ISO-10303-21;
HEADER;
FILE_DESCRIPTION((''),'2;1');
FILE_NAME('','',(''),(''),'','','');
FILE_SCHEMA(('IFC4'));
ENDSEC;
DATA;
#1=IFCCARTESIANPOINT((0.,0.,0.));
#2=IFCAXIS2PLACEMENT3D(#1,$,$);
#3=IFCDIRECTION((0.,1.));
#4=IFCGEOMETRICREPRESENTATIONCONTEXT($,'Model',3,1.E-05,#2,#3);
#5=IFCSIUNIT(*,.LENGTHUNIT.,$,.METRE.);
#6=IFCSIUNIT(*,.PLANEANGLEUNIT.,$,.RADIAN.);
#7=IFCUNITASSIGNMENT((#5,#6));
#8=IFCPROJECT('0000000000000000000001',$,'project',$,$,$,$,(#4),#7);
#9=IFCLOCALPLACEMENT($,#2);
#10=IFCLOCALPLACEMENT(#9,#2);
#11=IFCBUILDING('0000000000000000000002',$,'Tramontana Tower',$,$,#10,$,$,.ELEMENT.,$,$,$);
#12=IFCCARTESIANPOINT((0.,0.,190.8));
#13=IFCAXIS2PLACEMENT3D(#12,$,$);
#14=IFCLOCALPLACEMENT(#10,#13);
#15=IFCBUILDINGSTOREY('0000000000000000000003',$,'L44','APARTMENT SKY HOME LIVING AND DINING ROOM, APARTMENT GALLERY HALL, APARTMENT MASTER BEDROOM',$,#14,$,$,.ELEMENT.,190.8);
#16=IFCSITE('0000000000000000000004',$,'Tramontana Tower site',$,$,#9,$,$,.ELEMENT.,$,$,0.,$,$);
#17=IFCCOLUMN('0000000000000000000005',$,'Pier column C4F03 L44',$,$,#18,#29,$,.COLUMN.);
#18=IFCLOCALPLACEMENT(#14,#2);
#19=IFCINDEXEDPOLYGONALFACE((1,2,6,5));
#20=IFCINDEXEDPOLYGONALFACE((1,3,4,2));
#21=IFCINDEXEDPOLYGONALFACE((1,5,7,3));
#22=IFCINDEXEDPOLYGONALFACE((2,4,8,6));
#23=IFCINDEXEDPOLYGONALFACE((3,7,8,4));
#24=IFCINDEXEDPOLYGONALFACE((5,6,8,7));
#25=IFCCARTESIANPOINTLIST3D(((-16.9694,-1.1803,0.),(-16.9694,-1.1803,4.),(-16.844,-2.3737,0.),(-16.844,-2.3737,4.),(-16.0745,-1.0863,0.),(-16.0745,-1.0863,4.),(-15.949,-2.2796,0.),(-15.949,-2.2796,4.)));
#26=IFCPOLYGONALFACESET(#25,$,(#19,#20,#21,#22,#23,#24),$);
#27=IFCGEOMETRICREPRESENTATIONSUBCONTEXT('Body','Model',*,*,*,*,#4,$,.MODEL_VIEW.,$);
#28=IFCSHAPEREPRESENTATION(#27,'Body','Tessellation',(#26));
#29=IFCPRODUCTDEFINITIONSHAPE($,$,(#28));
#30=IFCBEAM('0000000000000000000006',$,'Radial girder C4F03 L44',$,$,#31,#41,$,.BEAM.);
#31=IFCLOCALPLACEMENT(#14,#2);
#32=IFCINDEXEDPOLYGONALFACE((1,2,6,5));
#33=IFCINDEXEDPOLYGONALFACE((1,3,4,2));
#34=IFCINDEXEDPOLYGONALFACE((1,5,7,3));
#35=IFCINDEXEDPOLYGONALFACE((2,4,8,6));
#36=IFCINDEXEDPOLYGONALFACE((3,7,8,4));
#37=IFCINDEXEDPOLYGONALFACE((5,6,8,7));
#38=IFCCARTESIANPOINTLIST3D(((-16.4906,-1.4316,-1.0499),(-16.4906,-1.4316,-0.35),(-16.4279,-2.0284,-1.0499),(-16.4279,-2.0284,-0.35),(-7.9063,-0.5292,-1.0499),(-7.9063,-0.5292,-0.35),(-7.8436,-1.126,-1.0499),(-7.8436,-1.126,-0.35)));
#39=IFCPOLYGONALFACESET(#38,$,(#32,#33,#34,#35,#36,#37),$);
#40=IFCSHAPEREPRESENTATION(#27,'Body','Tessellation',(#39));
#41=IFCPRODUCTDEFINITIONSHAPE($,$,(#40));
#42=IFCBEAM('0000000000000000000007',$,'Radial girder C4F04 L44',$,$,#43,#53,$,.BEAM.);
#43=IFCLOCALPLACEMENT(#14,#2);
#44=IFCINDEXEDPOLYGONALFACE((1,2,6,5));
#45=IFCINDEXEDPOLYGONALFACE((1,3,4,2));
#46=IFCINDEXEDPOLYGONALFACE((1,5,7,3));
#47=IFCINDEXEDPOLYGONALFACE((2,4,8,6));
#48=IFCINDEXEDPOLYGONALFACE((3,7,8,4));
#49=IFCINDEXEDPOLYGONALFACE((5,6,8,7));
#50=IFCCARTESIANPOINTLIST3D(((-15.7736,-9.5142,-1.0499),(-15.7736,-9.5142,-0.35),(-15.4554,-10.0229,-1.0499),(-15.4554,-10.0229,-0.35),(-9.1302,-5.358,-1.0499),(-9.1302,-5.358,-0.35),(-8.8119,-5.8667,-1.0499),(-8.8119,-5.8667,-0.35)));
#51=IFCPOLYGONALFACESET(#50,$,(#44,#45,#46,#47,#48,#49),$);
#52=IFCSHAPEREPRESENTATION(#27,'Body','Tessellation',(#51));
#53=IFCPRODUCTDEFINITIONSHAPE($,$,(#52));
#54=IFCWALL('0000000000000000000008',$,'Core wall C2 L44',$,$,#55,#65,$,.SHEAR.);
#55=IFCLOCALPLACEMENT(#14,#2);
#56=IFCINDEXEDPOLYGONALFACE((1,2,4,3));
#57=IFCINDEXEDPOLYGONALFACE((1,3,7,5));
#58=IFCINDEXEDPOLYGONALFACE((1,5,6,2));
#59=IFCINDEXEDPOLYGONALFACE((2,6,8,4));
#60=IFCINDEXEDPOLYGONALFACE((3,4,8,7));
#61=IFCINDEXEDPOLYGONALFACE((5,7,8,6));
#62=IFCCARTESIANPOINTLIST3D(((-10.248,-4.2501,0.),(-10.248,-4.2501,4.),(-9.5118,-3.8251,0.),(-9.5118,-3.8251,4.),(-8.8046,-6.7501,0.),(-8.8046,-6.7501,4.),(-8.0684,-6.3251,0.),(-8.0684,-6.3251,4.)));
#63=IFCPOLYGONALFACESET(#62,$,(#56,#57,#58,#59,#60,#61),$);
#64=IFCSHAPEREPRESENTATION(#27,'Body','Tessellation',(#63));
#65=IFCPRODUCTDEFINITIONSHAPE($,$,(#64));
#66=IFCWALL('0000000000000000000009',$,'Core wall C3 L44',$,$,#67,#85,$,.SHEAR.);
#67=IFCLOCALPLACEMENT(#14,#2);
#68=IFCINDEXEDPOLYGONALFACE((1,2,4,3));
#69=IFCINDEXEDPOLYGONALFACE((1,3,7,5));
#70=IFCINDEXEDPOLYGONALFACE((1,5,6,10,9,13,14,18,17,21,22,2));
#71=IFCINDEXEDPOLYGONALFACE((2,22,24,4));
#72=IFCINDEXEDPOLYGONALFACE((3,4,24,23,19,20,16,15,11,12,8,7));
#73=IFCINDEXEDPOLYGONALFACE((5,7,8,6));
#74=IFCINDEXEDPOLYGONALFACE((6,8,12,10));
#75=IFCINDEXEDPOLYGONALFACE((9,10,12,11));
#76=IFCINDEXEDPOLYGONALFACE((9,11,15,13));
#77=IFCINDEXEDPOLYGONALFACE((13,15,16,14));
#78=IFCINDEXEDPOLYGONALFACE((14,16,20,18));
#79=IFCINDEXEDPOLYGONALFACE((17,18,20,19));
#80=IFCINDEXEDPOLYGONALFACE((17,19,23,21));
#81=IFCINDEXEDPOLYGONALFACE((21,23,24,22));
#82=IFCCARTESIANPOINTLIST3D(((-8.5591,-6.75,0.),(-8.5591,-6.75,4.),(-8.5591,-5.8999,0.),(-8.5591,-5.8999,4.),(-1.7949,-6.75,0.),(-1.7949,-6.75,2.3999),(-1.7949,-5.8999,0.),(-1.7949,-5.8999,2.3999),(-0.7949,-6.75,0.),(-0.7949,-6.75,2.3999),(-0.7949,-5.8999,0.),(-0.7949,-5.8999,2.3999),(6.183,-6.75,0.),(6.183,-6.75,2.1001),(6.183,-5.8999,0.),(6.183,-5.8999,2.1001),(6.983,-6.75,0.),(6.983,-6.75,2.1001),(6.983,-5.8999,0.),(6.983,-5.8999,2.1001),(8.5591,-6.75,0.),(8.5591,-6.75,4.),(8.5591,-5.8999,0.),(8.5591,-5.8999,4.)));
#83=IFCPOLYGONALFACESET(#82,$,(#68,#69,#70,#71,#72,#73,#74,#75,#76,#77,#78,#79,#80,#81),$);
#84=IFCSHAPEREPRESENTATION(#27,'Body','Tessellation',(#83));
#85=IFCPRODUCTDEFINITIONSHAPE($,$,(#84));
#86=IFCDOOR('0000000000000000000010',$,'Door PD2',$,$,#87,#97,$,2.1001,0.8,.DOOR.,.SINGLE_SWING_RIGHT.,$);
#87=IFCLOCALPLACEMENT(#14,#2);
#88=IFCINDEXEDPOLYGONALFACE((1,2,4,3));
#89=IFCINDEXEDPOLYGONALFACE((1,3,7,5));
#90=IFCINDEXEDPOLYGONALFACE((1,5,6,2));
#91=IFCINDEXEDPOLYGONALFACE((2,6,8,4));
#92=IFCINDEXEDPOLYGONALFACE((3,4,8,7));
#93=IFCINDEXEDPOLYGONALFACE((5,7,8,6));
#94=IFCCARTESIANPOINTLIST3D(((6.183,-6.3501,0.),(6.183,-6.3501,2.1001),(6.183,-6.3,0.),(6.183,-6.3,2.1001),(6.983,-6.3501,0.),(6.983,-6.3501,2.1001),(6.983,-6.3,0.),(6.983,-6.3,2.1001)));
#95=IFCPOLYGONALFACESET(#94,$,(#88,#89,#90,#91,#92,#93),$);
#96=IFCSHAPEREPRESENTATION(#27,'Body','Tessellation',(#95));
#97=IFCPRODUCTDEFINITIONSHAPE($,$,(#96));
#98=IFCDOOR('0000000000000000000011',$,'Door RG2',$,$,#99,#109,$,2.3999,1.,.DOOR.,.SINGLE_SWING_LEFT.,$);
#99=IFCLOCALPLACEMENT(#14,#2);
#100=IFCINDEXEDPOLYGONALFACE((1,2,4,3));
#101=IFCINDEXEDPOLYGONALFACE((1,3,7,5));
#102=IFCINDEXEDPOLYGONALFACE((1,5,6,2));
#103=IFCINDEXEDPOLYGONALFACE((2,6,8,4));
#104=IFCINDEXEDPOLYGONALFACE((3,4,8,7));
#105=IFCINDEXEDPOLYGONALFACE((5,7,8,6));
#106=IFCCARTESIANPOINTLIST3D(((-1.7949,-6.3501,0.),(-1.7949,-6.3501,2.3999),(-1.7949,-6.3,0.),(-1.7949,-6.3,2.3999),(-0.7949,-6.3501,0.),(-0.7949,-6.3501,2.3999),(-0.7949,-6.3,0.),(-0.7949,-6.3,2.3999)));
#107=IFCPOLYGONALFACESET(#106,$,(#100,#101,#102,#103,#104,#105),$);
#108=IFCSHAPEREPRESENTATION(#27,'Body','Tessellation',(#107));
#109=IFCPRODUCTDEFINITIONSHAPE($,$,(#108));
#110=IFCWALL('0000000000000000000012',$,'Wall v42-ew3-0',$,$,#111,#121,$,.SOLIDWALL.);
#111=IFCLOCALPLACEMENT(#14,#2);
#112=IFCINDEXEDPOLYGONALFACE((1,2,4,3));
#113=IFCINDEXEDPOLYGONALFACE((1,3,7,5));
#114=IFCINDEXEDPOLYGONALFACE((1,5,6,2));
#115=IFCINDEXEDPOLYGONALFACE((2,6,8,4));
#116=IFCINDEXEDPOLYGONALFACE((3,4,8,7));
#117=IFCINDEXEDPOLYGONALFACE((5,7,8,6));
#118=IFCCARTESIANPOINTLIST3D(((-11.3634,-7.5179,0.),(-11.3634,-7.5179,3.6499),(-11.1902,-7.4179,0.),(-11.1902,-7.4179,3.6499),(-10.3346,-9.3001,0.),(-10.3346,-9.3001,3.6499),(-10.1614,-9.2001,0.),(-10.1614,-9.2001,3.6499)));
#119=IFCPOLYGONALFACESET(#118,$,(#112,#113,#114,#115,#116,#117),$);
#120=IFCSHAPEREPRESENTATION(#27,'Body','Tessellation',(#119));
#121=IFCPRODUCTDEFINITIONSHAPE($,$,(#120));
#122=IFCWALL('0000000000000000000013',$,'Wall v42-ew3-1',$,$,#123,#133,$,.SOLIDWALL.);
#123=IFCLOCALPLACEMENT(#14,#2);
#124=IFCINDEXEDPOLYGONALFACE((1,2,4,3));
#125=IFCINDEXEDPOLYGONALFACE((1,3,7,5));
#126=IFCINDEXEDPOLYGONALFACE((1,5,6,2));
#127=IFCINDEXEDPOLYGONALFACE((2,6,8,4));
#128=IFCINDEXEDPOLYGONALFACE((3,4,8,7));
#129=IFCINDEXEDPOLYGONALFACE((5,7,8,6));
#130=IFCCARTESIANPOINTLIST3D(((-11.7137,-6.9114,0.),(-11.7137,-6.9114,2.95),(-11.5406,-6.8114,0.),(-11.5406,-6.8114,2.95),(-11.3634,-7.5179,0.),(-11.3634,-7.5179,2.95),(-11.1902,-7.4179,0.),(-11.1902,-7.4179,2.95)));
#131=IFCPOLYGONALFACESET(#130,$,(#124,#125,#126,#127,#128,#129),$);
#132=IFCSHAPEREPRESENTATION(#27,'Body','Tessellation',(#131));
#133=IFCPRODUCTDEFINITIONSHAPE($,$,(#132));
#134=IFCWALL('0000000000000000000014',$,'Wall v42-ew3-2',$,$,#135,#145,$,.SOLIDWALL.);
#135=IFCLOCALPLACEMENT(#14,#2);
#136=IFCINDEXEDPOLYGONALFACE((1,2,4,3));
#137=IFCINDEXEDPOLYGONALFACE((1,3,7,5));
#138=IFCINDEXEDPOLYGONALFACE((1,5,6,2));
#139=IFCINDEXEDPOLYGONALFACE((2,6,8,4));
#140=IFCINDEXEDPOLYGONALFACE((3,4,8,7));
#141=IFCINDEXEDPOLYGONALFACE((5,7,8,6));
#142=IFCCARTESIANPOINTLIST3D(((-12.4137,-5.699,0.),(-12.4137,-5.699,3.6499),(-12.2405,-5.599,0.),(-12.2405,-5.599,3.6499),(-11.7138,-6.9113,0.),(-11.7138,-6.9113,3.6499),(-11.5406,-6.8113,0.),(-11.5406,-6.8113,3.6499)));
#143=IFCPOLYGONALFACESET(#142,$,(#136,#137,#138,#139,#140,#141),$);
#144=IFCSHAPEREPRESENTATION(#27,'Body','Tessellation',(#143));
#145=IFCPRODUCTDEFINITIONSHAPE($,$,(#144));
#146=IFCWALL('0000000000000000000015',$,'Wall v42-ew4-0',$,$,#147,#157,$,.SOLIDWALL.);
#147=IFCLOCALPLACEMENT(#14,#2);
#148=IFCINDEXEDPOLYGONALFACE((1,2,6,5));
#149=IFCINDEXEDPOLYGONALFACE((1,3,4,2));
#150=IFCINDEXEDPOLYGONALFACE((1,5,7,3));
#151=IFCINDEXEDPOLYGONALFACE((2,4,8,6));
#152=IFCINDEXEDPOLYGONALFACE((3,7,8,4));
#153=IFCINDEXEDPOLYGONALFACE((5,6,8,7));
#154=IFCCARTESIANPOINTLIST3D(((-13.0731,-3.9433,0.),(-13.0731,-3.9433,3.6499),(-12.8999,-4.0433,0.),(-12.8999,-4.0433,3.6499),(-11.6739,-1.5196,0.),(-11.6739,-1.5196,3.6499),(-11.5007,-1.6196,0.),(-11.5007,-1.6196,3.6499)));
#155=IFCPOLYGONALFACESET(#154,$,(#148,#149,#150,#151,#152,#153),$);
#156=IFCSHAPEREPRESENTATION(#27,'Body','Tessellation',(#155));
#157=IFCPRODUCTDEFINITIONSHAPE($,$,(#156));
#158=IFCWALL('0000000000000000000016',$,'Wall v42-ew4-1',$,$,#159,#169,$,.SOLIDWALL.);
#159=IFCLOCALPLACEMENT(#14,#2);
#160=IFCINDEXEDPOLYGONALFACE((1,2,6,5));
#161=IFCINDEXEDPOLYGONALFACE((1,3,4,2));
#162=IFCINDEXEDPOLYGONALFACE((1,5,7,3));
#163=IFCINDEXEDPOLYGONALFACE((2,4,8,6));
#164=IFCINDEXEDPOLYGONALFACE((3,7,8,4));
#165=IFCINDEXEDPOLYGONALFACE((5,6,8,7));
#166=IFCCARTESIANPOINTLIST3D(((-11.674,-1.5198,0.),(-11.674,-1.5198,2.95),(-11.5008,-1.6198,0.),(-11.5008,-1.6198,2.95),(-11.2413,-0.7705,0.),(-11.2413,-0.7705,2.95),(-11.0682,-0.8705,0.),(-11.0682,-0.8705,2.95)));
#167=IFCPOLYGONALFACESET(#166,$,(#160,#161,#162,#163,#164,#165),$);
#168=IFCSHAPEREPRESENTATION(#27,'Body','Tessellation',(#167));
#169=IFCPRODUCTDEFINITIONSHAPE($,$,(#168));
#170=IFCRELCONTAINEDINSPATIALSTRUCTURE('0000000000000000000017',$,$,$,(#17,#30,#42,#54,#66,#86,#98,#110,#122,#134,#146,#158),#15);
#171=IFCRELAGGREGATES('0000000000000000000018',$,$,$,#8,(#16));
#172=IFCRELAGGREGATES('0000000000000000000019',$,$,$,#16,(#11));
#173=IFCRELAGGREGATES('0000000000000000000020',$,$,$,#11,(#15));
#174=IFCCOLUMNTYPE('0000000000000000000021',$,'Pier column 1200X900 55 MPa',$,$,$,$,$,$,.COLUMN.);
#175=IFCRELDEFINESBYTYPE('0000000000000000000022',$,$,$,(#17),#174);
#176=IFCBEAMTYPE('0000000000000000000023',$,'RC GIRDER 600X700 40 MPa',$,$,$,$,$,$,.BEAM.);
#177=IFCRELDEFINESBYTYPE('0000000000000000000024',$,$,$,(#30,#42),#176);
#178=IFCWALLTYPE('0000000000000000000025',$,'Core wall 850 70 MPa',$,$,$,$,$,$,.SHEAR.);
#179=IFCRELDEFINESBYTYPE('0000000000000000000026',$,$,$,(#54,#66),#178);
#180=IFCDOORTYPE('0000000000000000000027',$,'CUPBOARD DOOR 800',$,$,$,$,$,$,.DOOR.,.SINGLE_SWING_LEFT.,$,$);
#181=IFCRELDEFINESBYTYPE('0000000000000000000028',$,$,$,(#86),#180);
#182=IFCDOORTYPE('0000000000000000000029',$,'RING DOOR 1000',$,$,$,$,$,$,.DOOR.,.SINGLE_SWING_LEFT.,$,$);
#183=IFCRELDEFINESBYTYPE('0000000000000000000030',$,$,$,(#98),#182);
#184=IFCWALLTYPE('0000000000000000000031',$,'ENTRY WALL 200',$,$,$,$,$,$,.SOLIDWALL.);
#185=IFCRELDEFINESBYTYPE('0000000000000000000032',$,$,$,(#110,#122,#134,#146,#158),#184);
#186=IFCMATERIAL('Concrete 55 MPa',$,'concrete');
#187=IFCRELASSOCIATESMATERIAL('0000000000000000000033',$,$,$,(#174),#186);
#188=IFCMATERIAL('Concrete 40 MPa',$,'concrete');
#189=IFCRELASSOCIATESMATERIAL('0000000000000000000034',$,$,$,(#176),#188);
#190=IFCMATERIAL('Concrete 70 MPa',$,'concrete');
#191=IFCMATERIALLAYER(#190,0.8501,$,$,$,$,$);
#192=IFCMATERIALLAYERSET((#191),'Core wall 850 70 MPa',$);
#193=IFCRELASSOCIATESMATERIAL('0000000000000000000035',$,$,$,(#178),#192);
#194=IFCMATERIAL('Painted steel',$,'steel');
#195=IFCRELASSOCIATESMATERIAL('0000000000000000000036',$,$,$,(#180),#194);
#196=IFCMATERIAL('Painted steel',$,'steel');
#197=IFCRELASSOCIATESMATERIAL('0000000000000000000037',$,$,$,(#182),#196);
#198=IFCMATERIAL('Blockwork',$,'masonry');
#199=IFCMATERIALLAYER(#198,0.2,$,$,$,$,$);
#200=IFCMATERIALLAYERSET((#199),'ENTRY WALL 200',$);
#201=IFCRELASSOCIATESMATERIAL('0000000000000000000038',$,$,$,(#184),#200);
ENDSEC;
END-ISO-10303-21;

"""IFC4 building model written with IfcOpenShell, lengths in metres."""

from ifc_helpers import new_model, si_unit, direction, frame, frame_2d, origin, origin_2d, place, context, subcontext, project, spatial, rectangle, extrude, material, layer, layer_set, material_profile, profile_set, type_object, element, fill, save


model = new_model("IFC4")

# Units and contexts
model_context = context("Model", 3, precision=1e-05, world=origin(), true_north=direction((0.0, 1.0)))
body_context = subcontext(model_context, "Body", "Model", "MODEL_VIEW")
ifc_project = project(units=[si_unit("LENGTHUNIT", "METRE"), si_unit("PLANEANGLEUNIT", "RADIAN")], contexts=[model_context])

# Site, building, storey
site_placement = place(None, origin())
site = spatial("IfcSite", under=ifc_project, at=site_placement, Name="Tramontana Tower site", CompositionType="ELEMENT", RefElevation=0.0)
building_placement = place(site_placement, origin())
building = spatial("IfcBuilding", under=site, at=building_placement, Name="Tramontana Tower", CompositionType="ELEMENT")
storey_placement = place(building_placement, frame((0.0, 0.0, 190.8)))
storey = spatial("IfcBuildingStorey", under=building, at=storey_placement, Name="L44", Description="APARTMENT SKY HOME LIVING AND DINING ROOM, APARTMENT GALLERY HALL, APARTMENT MASTER BEDROOM", CompositionType="ELEMENT", Elevation=190.8)

# Column
ifc_material_1 = material(Name="Concrete 55 MPa", Category="concrete")
ifc_material_profile_1 = material_profile(ifc_material_1, rectangle(XDim=1.2, YDim=0.8999, at=origin_2d()), Name="Pier column 1200X900 55 MPa")
ifc_profile_set_1 = profile_set([ifc_material_profile_1], Name="Concrete 55 MPa")
column_type = type_object("IfcColumnType", Name="Pier column 1200X900 55 MPa", PredefinedType="COLUMN", material=ifc_profile_set_1)
column_placement = place(storey_placement, frame((-16.4592, -1.73, 0.0), z_axis=(0.0, 0.0, 1.0), x_axis=(0.104528, -0.994522, 0.0)))
element("IfcColumn", 1, at=column_placement, inside=storey, type_object=column_type, Name="Pier column C4F03 L44", PredefinedType="COLUMN", context=body_context, shape_type="SweptSolid", body=[
    extrude(rectangle(XDim=1.2, YDim=0.8999, at=origin_2d()), origin(), (0.0, 0.0, 1.0), 4.0),
])

# Beams
ifc_material_2 = material(Name="Concrete 40 MPa", Category="concrete")
ifc_material_profile_2 = material_profile(ifc_material_2, rectangle(XDim=0.6001, YDim=0.7, at=origin_2d()), Name="RC GIRDER 600X700 40 MPa")
ifc_profile_set_2 = profile_set([ifc_material_profile_2], Name="Concrete 40 MPa")
beam_type = type_object("IfcBeamType", Name="RC GIRDER 600X700 40 MPa", PredefinedType="BEAM", material=ifc_profile_set_2)
beam_1_placement = place(storey_placement, frame((-16.4592, -1.73, -0.7), z_axis=(0.994521, 0.10454, 0.0), x_axis=(-0.10454, 0.994521, 0.0)))
element("IfcBeam", 2, at=beam_1_placement, inside=storey, type_object=beam_type, Name="Radial girder C4F03 L44", PredefinedType="BEAM", context=body_context, shape_type="SweptSolid", body=[
    extrude(rectangle(XDim=0.6001, YDim=0.7, at=origin_2d()), origin(), (0.0, 0.0, 1.0), 8.6316),
])
beam_2_placement = place(storey_placement, frame((-15.6145, -9.7686, -0.7), z_axis=(0.847767, 0.530369, 0.0), x_axis=(-0.530369, 0.847767, 0.0)))
element("IfcBeam", 3, at=beam_2_placement, inside=storey, type_object=beam_type, Name="Radial girder C4F04 L44", PredefinedType="BEAM", context=body_context, shape_type="SweptSolid", body=[
    extrude(rectangle(XDim=0.6001, YDim=0.7, at=origin_2d()), origin(), (0.0, 0.0, 1.0), 7.8364),
])

# Wall
ifc_material_3 = material(Name="Concrete 70 MPa", Category="concrete")
ifc_layer_1 = layer(ifc_material_3, 0.8501)
ifc_layer_set_1 = layer_set([ifc_layer_1], Name="Core wall 850 70 MPa")
wall_type_1 = type_object("IfcWallType", Name="Core wall 850 70 MPa", PredefinedType="SHEAR", material=ifc_layer_set_1)
wall_1_placement = place(storey_placement, frame((-9.8799, -4.0376, 0.0), z_axis=(0.0, 0.0, 1.0), x_axis=(0.499996, -0.866028, 0.0)))
element("IfcWall", 4, at=wall_1_placement, inside=storey, type_object=wall_type_1, Name="Core wall C2 L44", PredefinedType="SHEAR", context=body_context, shape_type="SweptSolid", body=[
    extrude(rectangle(XDim=2.8867, YDim=0.8501, at=frame_2d((1.4434, 0.0))), origin(), (0.0, 0.0, 1.0), 4.0),
])

# Wall, openings, doors
wall_2_placement = place(storey_placement, frame((-8.5591, -6.325, 0.0), z_axis=(0.0, 0.0, 1.0), x_axis=(1.0, 0.0, 0.0)))
wall_2 = element("IfcWall", 5, at=wall_2_placement, inside=storey, type_object=wall_type_1, Name="Core wall C3 L44", PredefinedType="SHEAR", context=body_context, shape_type="SweptSolid", body=[
    extrude(rectangle(XDim=17.1182, YDim=0.8501, at=frame_2d((8.5591, 0.0))), origin(), (0.0, 0.0, 1.0), 4.0),
])
opening_1_placement = place(wall_2_placement, frame((6.7642, 0.0, 0.0)))
opening_1 = element("IfcOpeningElement", 6, at=opening_1_placement, cuts=wall_2, PredefinedType="OPENING", context=body_context, shape_type="SweptSolid", body=[
    extrude(rectangle(XDim=1.0, YDim=2.3999, at=frame_2d((0.5, 1.2))), frame((0.0, 0.4351, 0.0), z_axis=(0.0, -1.0, 0.0), x_axis=(1.0, 0.0, 0.0)), (0.0, 0.0, 1.0), 0.8701),
])
opening_2_placement = place(wall_2_placement, frame((14.7422, 0.0, 0.0)))
opening_2 = element("IfcOpeningElement", 7, at=opening_2_placement, cuts=wall_2, PredefinedType="OPENING", context=body_context, shape_type="SweptSolid", body=[
    extrude(rectangle(XDim=0.8, YDim=2.1001, at=frame_2d((0.3999, 1.05))), frame((0.0, 0.4351, 0.0), z_axis=(0.0, -1.0, 0.0), x_axis=(1.0, 0.0, 0.0)), (0.0, 0.0, 1.0), 0.8701),
])
ifc_material_4 = material(Name="Painted steel", Category="steel")
door_type_1 = type_object("IfcDoorType", Name="CUPBOARD DOOR 800", OperationType="SINGLE_SWING_LEFT", PredefinedType="DOOR", material=ifc_material_4)
door_1_placement = place(opening_2_placement, origin())
door_1 = element("IfcDoor", 8, at=door_1_placement, inside=storey, type_object=door_type_1, Name="Door PD2", OperationType="SINGLE_SWING_RIGHT", OverallHeight=2.1001, OverallWidth=0.8, PredefinedType="DOOR", context=body_context, shape_type="SweptSolid", body=[
    extrude(rectangle(XDim=0.8, YDim=2.1001, at=frame_2d((0.3999, 1.05))), frame((0.0, 0.0249, 0.0), z_axis=(0.0, -1.0, 0.0), x_axis=(1.0, 0.0, 0.0)), (0.0, 0.0, 1.0), 0.05),
])
fill(opening_2, door_1)
ifc_material_5 = material(Name="Painted steel", Category="steel")
door_type_2 = type_object("IfcDoorType", Name="RING DOOR 1000", OperationType="SINGLE_SWING_LEFT", PredefinedType="DOOR", material=ifc_material_5)
door_2_placement = place(opening_1_placement, origin())
door_2 = element("IfcDoor", 9, at=door_2_placement, inside=storey, type_object=door_type_2, Name="Door RG2", OperationType="SINGLE_SWING_LEFT", OverallHeight=2.3999, OverallWidth=1.0, PredefinedType="DOOR", context=body_context, shape_type="SweptSolid", body=[
    extrude(rectangle(XDim=1.0, YDim=2.3999, at=frame_2d((0.5, 1.2))), frame((0.0, 0.0249, 0.0), z_axis=(0.0, -1.0, 0.0), x_axis=(1.0, 0.0, 0.0)), (0.0, 0.0, 1.0), 0.05),
])
fill(opening_1, door_2)

# Walls
ifc_material_6 = material(Name="Blockwork", Category="masonry")
ifc_layer_2 = layer(ifc_material_6, 0.2)
ifc_layer_set_2 = layer_set([ifc_layer_2], Name="ENTRY WALL 200")
wall_type_2 = type_object("IfcWallType", Name="ENTRY WALL 200", PredefinedType="SOLIDWALL", material=ifc_layer_set_2)
wall_3_placement = place(storey_placement, frame((-10.248, -9.25, 0.0), z_axis=(0.0, 0.0, 1.0), x_axis=(-0.499942, 0.866059, 0.0)))
element("IfcWall", 10, at=wall_3_placement, inside=storey, type_object=wall_type_2, Name="Wall v42-ew3-0", PredefinedType="SOLIDWALL", context=body_context, shape_type="SweptSolid", body=[
    extrude(rectangle(XDim=2.0579, YDim=0.2, at=frame_2d((1.0288, 0.0))), origin(), (0.0, 0.0, 1.0), 3.6499),
])
wall_4_placement = place(storey_placement, frame((-11.2769, -7.4678, 0.0), z_axis=(0.0, 0.0, 1.0), x_axis=(-0.500225, 0.865895, 0.0)))
element("IfcWall", 11, at=wall_4_placement, inside=storey, type_object=wall_type_2, Name="Wall v42-ew3-1", PredefinedType="SOLIDWALL", context=body_context, shape_type="SweptSolid", body=[
    extrude(rectangle(XDim=0.7004, YDim=0.2, at=frame_2d((0.3501, 0.0))), origin(), (0.0, 0.0, 1.0), 2.95),
])
wall_5_placement = place(storey_placement, frame((-11.6272, -6.8613, 0.0), z_axis=(0.0, 0.0, 1.0), x_axis=(-0.499984, 0.866035, 0.0)))
element("IfcWall", 12, at=wall_5_placement, inside=storey, type_object=wall_type_2, Name="Wall v42-ew3-2", PredefinedType="SOLIDWALL", context=body_context, shape_type="SweptSolid", body=[
    extrude(rectangle(XDim=1.3999, YDim=0.2, at=frame_2d((0.7, 0.0))), origin(), (0.0, 0.0, 1.0), 3.6499),
])
wall_6_placement = place(storey_placement, frame((-12.9866, -3.9934, 0.0), z_axis=(0.0, 0.0, 1.0), x_axis=(0.499977, 0.866039, 0.0)))
element("IfcWall", 13, at=wall_6_placement, inside=storey, type_object=wall_type_2, Name="Wall v42-ew4-0", PredefinedType="SOLIDWALL", context=body_context, shape_type="SweptSolid", body=[
    extrude(rectangle(XDim=2.7986, YDim=0.2, at=frame_2d((1.3994, 0.0))), origin(), (0.0, 0.0, 1.0), 3.6499),
])
wall_7_placement = place(storey_placement, frame((-11.5874, -1.5698, 0.0), z_axis=(0.0, 0.0, 1.0), x_axis=(0.500024, 0.866012, 0.0)))
element("IfcWall", 14, at=wall_7_placement, inside=storey, type_object=wall_type_2, Name="Wall v42-ew4-1", PredefinedType="SOLIDWALL", context=body_context, shape_type="SweptSolid", body=[
    extrude(rectangle(XDim=0.8652, YDim=0.2, at=frame_2d((0.4326, 0.0))), origin(), (0.0, 0.0, 1.0), 2.95),
])

save(model, "model.ifc")
